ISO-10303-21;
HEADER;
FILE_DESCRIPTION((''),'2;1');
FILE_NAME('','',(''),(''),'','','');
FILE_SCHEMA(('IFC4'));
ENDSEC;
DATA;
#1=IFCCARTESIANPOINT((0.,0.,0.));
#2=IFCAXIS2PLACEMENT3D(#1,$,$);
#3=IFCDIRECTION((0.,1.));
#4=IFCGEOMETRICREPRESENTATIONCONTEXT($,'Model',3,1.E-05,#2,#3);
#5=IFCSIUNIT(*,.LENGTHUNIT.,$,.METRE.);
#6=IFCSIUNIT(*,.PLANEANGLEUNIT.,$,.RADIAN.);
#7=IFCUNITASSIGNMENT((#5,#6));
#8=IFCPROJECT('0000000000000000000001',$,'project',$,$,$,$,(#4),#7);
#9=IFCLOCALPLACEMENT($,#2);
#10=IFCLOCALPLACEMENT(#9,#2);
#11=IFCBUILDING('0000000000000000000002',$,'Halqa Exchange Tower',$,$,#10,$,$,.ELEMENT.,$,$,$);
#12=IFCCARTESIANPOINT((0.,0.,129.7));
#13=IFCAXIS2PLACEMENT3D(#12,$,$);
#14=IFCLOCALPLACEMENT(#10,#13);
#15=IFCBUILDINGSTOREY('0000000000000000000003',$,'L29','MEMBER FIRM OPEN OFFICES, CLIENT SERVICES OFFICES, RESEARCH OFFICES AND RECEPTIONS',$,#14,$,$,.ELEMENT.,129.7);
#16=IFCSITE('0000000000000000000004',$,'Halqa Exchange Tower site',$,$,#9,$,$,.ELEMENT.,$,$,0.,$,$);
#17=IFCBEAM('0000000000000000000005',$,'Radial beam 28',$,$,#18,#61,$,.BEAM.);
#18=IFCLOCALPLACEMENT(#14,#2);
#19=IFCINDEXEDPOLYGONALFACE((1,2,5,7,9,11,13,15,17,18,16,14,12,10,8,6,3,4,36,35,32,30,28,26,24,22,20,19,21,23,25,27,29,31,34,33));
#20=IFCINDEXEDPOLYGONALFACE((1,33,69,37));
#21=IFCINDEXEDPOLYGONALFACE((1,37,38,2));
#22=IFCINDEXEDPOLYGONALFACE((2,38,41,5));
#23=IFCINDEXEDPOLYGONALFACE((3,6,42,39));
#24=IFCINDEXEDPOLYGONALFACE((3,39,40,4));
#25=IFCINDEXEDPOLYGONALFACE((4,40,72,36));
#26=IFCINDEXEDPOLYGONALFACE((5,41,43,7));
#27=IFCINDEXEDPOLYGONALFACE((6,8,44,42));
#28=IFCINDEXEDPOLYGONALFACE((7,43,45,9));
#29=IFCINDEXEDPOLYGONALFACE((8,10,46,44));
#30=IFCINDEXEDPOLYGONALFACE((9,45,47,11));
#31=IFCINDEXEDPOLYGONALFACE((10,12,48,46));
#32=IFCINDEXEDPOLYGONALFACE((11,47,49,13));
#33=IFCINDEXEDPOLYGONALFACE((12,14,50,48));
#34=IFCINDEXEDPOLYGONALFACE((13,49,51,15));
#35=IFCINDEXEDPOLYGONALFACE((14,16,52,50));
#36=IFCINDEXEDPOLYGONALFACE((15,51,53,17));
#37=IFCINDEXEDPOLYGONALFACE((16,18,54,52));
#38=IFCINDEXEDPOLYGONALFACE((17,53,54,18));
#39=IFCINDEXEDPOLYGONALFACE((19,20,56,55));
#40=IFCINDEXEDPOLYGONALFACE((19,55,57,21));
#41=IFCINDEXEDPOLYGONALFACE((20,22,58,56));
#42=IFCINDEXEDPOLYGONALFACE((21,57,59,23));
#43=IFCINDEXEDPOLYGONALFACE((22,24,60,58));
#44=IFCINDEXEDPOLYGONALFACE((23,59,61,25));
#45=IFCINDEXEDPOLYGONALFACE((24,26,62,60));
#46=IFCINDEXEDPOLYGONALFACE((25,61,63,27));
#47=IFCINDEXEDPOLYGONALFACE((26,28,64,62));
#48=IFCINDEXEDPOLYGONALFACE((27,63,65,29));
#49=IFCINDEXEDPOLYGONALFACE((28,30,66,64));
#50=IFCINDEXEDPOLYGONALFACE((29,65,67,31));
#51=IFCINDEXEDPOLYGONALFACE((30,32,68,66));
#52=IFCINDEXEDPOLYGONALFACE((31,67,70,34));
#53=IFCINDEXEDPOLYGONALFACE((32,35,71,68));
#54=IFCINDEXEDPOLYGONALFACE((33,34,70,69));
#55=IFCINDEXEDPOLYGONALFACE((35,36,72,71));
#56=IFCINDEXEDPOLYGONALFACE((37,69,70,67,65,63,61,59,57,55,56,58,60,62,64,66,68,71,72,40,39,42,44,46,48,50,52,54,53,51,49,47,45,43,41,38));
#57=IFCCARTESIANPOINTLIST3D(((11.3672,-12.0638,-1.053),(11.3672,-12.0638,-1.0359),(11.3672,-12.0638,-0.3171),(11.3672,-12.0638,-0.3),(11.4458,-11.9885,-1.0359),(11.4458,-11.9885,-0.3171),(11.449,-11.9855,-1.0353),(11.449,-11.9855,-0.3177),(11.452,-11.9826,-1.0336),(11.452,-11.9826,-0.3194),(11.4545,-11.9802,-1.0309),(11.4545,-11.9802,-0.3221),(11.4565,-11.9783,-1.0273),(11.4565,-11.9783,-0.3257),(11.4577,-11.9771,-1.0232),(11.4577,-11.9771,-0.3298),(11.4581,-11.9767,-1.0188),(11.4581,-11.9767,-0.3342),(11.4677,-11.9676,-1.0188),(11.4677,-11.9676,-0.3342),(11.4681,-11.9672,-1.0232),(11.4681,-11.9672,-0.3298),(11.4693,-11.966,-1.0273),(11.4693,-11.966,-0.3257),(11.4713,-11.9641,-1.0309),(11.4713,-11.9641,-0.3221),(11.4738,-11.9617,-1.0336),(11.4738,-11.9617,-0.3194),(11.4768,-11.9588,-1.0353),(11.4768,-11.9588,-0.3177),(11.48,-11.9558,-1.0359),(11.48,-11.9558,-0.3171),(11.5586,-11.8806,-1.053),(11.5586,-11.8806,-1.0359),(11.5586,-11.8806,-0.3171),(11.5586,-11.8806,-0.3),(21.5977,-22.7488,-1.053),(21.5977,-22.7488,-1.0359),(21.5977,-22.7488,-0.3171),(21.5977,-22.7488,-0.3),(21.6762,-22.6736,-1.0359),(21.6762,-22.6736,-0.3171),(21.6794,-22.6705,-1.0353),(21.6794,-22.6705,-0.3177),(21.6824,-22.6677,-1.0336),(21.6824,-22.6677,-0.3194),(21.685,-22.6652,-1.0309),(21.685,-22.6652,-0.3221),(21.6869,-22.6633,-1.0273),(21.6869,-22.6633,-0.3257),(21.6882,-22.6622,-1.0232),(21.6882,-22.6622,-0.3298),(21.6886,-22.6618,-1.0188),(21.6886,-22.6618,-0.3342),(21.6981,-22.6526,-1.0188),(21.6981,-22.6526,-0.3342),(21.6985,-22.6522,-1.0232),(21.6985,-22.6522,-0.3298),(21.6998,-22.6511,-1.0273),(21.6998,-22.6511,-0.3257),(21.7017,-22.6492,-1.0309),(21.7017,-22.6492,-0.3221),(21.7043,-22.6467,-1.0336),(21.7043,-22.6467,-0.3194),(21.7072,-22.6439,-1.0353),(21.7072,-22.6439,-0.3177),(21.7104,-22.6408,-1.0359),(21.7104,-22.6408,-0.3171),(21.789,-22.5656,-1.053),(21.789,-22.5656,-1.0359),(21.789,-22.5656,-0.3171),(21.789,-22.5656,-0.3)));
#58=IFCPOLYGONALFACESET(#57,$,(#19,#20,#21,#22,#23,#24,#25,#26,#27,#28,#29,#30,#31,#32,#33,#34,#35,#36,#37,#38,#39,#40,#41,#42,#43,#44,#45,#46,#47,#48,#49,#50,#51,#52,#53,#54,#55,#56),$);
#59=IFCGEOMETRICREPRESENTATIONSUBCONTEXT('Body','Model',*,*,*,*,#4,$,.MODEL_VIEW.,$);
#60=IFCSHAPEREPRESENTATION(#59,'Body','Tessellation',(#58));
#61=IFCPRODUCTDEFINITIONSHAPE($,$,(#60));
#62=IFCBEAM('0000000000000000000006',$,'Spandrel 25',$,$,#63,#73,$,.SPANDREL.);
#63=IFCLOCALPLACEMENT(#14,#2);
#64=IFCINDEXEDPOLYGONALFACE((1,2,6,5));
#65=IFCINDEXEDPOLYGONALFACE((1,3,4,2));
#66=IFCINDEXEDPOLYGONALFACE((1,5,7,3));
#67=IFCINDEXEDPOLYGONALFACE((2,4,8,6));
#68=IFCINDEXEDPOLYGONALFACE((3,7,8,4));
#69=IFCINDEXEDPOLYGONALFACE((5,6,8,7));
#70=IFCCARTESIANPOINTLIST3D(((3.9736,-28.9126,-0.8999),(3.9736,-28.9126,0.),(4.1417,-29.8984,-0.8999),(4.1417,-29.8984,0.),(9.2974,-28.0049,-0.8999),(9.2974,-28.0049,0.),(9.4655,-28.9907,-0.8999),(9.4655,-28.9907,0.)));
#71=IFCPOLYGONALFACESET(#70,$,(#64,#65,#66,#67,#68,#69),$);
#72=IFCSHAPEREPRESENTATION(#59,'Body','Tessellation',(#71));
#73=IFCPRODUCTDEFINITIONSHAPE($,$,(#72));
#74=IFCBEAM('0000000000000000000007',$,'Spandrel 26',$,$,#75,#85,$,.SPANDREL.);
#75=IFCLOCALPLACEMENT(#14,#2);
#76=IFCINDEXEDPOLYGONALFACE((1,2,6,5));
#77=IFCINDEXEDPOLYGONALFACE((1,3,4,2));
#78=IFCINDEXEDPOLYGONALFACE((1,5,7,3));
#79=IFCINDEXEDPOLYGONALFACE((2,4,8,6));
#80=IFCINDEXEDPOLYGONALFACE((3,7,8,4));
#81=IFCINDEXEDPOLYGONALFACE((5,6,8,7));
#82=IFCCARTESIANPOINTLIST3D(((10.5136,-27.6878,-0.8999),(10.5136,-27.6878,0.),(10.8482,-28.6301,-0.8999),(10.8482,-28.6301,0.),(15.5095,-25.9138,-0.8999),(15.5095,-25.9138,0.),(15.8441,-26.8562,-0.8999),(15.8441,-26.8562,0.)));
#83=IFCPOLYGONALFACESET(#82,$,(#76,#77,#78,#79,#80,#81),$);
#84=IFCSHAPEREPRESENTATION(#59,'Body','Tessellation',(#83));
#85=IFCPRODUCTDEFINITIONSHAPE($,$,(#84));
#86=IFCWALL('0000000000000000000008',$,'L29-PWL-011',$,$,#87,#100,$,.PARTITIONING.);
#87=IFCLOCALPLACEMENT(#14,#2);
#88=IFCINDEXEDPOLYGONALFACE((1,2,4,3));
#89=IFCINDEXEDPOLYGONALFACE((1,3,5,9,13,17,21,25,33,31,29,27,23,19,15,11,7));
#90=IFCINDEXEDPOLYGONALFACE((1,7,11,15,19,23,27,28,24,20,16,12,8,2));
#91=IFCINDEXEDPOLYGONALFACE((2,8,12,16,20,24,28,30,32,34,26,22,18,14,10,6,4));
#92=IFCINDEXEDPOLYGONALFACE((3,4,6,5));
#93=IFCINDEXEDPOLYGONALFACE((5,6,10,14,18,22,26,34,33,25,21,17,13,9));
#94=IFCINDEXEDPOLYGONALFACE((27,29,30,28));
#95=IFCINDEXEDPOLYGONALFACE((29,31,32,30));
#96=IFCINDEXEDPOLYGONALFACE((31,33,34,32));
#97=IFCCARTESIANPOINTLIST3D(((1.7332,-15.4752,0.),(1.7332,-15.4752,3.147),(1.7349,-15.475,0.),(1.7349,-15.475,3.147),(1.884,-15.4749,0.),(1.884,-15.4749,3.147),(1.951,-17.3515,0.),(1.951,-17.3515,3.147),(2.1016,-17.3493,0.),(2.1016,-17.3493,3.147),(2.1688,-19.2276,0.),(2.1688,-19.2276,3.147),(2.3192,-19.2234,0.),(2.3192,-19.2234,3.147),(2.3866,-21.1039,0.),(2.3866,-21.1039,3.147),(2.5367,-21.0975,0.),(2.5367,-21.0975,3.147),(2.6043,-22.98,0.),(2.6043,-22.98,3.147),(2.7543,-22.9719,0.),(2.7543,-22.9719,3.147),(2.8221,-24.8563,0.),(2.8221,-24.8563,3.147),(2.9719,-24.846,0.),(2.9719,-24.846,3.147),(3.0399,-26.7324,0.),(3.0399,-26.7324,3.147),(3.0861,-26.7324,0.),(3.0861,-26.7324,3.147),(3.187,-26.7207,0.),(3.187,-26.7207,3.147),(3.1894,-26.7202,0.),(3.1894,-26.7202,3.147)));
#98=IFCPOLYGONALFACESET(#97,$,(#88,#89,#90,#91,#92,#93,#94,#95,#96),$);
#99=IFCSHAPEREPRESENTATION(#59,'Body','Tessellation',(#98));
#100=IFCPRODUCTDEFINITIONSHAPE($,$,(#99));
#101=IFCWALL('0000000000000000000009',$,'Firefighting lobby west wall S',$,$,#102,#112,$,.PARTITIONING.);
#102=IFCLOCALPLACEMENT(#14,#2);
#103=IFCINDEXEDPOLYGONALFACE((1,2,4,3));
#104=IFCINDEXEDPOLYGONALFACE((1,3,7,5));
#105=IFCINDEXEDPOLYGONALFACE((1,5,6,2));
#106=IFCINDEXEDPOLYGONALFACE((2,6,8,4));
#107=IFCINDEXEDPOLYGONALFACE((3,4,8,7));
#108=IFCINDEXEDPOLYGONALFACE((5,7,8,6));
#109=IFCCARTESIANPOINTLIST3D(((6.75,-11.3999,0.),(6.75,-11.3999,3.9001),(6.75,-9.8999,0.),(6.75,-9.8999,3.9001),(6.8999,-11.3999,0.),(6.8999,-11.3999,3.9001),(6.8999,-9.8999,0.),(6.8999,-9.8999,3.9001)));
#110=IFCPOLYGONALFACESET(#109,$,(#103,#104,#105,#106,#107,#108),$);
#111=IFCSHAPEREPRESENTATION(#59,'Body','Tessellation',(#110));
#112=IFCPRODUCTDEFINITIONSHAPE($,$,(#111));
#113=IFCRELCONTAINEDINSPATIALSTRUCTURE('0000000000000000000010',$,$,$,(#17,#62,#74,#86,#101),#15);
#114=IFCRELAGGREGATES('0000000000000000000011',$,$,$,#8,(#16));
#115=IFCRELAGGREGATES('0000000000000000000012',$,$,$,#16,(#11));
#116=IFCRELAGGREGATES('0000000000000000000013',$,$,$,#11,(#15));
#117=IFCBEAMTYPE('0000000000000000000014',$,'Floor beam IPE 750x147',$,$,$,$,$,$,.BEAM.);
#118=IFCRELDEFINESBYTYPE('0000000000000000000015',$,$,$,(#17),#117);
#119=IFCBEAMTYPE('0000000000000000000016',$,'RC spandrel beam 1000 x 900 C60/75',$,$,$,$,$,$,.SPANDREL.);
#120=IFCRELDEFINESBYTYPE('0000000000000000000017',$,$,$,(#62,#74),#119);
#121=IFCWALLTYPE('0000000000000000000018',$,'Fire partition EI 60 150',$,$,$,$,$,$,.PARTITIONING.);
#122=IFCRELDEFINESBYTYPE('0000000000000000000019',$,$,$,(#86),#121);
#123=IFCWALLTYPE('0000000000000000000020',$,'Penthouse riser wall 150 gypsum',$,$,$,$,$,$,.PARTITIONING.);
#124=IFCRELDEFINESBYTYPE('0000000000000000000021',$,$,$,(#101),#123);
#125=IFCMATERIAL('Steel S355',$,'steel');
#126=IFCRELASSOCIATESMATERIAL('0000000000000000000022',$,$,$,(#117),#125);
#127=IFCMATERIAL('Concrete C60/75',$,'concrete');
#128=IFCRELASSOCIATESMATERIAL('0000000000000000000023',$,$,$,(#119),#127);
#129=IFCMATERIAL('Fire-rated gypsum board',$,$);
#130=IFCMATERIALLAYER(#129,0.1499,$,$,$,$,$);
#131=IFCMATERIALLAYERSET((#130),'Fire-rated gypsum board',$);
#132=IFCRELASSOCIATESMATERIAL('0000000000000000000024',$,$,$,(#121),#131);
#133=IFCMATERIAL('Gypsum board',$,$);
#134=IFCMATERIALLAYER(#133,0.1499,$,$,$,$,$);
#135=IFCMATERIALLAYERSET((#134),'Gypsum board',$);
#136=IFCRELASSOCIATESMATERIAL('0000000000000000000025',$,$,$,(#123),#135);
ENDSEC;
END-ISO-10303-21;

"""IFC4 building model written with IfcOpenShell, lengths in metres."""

from ifc_helpers import new_model, si_unit, direction, frame, frame_2d, origin, origin_2d, place, context, subcontext, project, spatial, polyline, rectangle, i_section, outline, extrude, material, layer, layer_set, material_profile, profile_set, type_object, element, save


model = new_model("IFC4")

# Units and contexts
model_context = context("Model", 3, precision=1e-05, world=origin(), true_north=direction((0.0, 1.0)))
body_context = subcontext(model_context, "Body", "Model", "MODEL_VIEW")
ifc_project = project(units=[si_unit("LENGTHUNIT", "METRE"), si_unit("PLANEANGLEUNIT", "RADIAN")], contexts=[model_context])

# Site, building, storey
site_placement = place(None, origin())
site = spatial("IfcSite", under=ifc_project, at=site_placement, Name="Halqa Exchange Tower site", CompositionType="ELEMENT", RefElevation=0.0)
building_placement = place(site_placement, origin())
building = spatial("IfcBuilding", under=site, at=building_placement, Name="Halqa Exchange Tower", CompositionType="ELEMENT")
storey_placement = place(building_placement, frame((0.0, 0.0, 129.7)))
storey = spatial("IfcBuildingStorey", under=building, at=storey_placement, Name="L29", Description="MEMBER FIRM OPEN OFFICES, CLIENT SERVICES OFFICES, RESEARCH OFFICES AND RECEPTIONS", CompositionType="ELEMENT", Elevation=129.7)

# Beams
ifc_material_1 = material(Name="Steel S355", Category="steel")
ifc_material_profile_1 = material_profile(ifc_material_1, i_section(OverallWidth=0.2649, OverallDepth=0.7529, WebThickness=0.0132, FlangeThickness=0.0171, FilletRadius=0.0171, at=origin_2d()), Name="IPE 750x147")
ifc_profile_set_1 = profile_set([ifc_material_profile_1], Name="Steel S355")
beam_type_1 = type_object("IfcBeamType", Name="Floor beam IPE 750x147", PredefinedType="BEAM", material=ifc_profile_set_1)
beam_1_placement = place(storey_placement, frame((11.4629, -11.9722, -0.6765), z_axis=(0.691575, -0.722305, 0.0), x_axis=(0.722305, 0.691575, 0.0)))
element("IfcBeam", 1, at=beam_1_placement, inside=storey, type_object=beam_type_1, Name="Radial beam 28", PredefinedType="BEAM", context=body_context, shape_type="SweptSolid", body=[
    extrude(i_section(OverallWidth=0.2649, OverallDepth=0.7529, WebThickness=0.0132, FlangeThickness=0.0171, FilletRadius=0.0171, at=origin_2d()), origin(), (0.0, 0.0, 1.0), 14.793),
])
ifc_material_2 = material(Name="Concrete C60/75", Category="concrete")
ifc_material_profile_2 = material_profile(ifc_material_2, rectangle(XDim=1.0, YDim=0.8999, at=origin_2d()), Name="1000 x 900")
ifc_profile_set_2 = profile_set([ifc_material_profile_2], Name="Concrete C60/75")
beam_type_2 = type_object("IfcBeamType", Name="RC spandrel beam 1000 x 900 C60/75", PredefinedType="SPANDREL", material=ifc_profile_set_2)
beam_2_placement = place(storey_placement, frame((4.0576, -29.4055, -0.45), z_axis=(0.985774, 0.168078, 0.0), x_axis=(-0.168078, 0.985774, 0.0)))
element("IfcBeam", 2, at=beam_2_placement, inside=storey, type_object=beam_type_2, Name="Spandrel 25", PredefinedType="SPANDREL", context=body_context, shape_type="SweptSolid", body=[
    extrude(rectangle(XDim=1.0, YDim=0.8999, at=origin_2d()), origin(), (0.0, 0.0, 1.0), 5.4006),
])
beam_3_placement = place(storey_placement, frame((10.6809, -28.1589, -0.45), z_axis=(0.942356, 0.334612, 0.0), x_axis=(-0.334612, 0.942356, 0.0)))
element("IfcBeam", 3, at=beam_3_placement, inside=storey, type_object=beam_type_2, Name="Spandrel 26", PredefinedType="SPANDREL", context=body_context, shape_type="SweptSolid", body=[
    extrude(rectangle(XDim=1.0, YDim=0.8999, at=origin_2d()), origin(), (0.0, 0.0, 1.0), 5.3015),
])

# Walls
ifc_material_3 = material(Name="Fire-rated gypsum board")
ifc_layer_1 = layer(ifc_material_3, 0.1499)
ifc_layer_set_1 = layer_set([ifc_layer_1], Name="Fire-rated gypsum board")
wall_type_1 = type_object("IfcWallType", Name="Fire partition EI 60 150", PredefinedType="PARTITIONING", material=ifc_layer_set_1)
wall_1_placement = place(storey_placement, frame((1.8076, -15.4666, 0.0), z_axis=(0.0, 0.0, 1.0), x_axis=(0.115308, -0.99333, 0.0)))
element("IfcWall", 4, at=wall_1_placement, inside=storey, type_object=wall_type_1, Name="L29-PWL-011", PredefinedType="PARTITIONING", context=body_context, shape_type="SweptSolid", body=[
    extrude(outline(polyline([(0.0, -0.075), (1.8889, -0.075), (3.7776, -0.075), (5.6665, -0.075), (7.5552, -0.075), (9.4441, -0.075), (11.3328, -0.075), (11.3381, -0.0291), (11.3381, 0.0725), (11.3379, 0.075), (9.4512, 0.075), (7.5645, 0.075), (5.6775, 0.075), (3.7908, 0.075), (1.9041, 0.075), (0.0171, 0.075), (0.0, -0.0732), (0.0, -0.075)])), origin(), (0.0, 0.0, 1.0), 3.147),
])
ifc_material_4 = material(Name="Gypsum board")
ifc_layer_2 = layer(ifc_material_4, 0.1499)
ifc_layer_set_2 = layer_set([ifc_layer_2], Name="Gypsum board")
wall_type_2 = type_object("IfcWallType", Name="Penthouse riser wall 150 gypsum", PredefinedType="PARTITIONING", material=ifc_layer_set_2)
wall_2_placement = place(storey_placement, frame((6.825, -11.3999, 0.0), z_axis=(0.0, 0.0, 1.0), x_axis=(0.0, 1.0, 0.0)))
element("IfcWall", 5, at=wall_2_placement, inside=storey, type_object=wall_type_2, Name="Firefighting lobby west wall S", PredefinedType="PARTITIONING", context=body_context, shape_type="SweptSolid", body=[
    extrude(rectangle(XDim=1.5, YDim=0.1499, at=frame_2d((0.75, 0.0))), origin(), (0.0, 0.0, 1.0), 3.9001),
])

save(model, "model.ifc")
